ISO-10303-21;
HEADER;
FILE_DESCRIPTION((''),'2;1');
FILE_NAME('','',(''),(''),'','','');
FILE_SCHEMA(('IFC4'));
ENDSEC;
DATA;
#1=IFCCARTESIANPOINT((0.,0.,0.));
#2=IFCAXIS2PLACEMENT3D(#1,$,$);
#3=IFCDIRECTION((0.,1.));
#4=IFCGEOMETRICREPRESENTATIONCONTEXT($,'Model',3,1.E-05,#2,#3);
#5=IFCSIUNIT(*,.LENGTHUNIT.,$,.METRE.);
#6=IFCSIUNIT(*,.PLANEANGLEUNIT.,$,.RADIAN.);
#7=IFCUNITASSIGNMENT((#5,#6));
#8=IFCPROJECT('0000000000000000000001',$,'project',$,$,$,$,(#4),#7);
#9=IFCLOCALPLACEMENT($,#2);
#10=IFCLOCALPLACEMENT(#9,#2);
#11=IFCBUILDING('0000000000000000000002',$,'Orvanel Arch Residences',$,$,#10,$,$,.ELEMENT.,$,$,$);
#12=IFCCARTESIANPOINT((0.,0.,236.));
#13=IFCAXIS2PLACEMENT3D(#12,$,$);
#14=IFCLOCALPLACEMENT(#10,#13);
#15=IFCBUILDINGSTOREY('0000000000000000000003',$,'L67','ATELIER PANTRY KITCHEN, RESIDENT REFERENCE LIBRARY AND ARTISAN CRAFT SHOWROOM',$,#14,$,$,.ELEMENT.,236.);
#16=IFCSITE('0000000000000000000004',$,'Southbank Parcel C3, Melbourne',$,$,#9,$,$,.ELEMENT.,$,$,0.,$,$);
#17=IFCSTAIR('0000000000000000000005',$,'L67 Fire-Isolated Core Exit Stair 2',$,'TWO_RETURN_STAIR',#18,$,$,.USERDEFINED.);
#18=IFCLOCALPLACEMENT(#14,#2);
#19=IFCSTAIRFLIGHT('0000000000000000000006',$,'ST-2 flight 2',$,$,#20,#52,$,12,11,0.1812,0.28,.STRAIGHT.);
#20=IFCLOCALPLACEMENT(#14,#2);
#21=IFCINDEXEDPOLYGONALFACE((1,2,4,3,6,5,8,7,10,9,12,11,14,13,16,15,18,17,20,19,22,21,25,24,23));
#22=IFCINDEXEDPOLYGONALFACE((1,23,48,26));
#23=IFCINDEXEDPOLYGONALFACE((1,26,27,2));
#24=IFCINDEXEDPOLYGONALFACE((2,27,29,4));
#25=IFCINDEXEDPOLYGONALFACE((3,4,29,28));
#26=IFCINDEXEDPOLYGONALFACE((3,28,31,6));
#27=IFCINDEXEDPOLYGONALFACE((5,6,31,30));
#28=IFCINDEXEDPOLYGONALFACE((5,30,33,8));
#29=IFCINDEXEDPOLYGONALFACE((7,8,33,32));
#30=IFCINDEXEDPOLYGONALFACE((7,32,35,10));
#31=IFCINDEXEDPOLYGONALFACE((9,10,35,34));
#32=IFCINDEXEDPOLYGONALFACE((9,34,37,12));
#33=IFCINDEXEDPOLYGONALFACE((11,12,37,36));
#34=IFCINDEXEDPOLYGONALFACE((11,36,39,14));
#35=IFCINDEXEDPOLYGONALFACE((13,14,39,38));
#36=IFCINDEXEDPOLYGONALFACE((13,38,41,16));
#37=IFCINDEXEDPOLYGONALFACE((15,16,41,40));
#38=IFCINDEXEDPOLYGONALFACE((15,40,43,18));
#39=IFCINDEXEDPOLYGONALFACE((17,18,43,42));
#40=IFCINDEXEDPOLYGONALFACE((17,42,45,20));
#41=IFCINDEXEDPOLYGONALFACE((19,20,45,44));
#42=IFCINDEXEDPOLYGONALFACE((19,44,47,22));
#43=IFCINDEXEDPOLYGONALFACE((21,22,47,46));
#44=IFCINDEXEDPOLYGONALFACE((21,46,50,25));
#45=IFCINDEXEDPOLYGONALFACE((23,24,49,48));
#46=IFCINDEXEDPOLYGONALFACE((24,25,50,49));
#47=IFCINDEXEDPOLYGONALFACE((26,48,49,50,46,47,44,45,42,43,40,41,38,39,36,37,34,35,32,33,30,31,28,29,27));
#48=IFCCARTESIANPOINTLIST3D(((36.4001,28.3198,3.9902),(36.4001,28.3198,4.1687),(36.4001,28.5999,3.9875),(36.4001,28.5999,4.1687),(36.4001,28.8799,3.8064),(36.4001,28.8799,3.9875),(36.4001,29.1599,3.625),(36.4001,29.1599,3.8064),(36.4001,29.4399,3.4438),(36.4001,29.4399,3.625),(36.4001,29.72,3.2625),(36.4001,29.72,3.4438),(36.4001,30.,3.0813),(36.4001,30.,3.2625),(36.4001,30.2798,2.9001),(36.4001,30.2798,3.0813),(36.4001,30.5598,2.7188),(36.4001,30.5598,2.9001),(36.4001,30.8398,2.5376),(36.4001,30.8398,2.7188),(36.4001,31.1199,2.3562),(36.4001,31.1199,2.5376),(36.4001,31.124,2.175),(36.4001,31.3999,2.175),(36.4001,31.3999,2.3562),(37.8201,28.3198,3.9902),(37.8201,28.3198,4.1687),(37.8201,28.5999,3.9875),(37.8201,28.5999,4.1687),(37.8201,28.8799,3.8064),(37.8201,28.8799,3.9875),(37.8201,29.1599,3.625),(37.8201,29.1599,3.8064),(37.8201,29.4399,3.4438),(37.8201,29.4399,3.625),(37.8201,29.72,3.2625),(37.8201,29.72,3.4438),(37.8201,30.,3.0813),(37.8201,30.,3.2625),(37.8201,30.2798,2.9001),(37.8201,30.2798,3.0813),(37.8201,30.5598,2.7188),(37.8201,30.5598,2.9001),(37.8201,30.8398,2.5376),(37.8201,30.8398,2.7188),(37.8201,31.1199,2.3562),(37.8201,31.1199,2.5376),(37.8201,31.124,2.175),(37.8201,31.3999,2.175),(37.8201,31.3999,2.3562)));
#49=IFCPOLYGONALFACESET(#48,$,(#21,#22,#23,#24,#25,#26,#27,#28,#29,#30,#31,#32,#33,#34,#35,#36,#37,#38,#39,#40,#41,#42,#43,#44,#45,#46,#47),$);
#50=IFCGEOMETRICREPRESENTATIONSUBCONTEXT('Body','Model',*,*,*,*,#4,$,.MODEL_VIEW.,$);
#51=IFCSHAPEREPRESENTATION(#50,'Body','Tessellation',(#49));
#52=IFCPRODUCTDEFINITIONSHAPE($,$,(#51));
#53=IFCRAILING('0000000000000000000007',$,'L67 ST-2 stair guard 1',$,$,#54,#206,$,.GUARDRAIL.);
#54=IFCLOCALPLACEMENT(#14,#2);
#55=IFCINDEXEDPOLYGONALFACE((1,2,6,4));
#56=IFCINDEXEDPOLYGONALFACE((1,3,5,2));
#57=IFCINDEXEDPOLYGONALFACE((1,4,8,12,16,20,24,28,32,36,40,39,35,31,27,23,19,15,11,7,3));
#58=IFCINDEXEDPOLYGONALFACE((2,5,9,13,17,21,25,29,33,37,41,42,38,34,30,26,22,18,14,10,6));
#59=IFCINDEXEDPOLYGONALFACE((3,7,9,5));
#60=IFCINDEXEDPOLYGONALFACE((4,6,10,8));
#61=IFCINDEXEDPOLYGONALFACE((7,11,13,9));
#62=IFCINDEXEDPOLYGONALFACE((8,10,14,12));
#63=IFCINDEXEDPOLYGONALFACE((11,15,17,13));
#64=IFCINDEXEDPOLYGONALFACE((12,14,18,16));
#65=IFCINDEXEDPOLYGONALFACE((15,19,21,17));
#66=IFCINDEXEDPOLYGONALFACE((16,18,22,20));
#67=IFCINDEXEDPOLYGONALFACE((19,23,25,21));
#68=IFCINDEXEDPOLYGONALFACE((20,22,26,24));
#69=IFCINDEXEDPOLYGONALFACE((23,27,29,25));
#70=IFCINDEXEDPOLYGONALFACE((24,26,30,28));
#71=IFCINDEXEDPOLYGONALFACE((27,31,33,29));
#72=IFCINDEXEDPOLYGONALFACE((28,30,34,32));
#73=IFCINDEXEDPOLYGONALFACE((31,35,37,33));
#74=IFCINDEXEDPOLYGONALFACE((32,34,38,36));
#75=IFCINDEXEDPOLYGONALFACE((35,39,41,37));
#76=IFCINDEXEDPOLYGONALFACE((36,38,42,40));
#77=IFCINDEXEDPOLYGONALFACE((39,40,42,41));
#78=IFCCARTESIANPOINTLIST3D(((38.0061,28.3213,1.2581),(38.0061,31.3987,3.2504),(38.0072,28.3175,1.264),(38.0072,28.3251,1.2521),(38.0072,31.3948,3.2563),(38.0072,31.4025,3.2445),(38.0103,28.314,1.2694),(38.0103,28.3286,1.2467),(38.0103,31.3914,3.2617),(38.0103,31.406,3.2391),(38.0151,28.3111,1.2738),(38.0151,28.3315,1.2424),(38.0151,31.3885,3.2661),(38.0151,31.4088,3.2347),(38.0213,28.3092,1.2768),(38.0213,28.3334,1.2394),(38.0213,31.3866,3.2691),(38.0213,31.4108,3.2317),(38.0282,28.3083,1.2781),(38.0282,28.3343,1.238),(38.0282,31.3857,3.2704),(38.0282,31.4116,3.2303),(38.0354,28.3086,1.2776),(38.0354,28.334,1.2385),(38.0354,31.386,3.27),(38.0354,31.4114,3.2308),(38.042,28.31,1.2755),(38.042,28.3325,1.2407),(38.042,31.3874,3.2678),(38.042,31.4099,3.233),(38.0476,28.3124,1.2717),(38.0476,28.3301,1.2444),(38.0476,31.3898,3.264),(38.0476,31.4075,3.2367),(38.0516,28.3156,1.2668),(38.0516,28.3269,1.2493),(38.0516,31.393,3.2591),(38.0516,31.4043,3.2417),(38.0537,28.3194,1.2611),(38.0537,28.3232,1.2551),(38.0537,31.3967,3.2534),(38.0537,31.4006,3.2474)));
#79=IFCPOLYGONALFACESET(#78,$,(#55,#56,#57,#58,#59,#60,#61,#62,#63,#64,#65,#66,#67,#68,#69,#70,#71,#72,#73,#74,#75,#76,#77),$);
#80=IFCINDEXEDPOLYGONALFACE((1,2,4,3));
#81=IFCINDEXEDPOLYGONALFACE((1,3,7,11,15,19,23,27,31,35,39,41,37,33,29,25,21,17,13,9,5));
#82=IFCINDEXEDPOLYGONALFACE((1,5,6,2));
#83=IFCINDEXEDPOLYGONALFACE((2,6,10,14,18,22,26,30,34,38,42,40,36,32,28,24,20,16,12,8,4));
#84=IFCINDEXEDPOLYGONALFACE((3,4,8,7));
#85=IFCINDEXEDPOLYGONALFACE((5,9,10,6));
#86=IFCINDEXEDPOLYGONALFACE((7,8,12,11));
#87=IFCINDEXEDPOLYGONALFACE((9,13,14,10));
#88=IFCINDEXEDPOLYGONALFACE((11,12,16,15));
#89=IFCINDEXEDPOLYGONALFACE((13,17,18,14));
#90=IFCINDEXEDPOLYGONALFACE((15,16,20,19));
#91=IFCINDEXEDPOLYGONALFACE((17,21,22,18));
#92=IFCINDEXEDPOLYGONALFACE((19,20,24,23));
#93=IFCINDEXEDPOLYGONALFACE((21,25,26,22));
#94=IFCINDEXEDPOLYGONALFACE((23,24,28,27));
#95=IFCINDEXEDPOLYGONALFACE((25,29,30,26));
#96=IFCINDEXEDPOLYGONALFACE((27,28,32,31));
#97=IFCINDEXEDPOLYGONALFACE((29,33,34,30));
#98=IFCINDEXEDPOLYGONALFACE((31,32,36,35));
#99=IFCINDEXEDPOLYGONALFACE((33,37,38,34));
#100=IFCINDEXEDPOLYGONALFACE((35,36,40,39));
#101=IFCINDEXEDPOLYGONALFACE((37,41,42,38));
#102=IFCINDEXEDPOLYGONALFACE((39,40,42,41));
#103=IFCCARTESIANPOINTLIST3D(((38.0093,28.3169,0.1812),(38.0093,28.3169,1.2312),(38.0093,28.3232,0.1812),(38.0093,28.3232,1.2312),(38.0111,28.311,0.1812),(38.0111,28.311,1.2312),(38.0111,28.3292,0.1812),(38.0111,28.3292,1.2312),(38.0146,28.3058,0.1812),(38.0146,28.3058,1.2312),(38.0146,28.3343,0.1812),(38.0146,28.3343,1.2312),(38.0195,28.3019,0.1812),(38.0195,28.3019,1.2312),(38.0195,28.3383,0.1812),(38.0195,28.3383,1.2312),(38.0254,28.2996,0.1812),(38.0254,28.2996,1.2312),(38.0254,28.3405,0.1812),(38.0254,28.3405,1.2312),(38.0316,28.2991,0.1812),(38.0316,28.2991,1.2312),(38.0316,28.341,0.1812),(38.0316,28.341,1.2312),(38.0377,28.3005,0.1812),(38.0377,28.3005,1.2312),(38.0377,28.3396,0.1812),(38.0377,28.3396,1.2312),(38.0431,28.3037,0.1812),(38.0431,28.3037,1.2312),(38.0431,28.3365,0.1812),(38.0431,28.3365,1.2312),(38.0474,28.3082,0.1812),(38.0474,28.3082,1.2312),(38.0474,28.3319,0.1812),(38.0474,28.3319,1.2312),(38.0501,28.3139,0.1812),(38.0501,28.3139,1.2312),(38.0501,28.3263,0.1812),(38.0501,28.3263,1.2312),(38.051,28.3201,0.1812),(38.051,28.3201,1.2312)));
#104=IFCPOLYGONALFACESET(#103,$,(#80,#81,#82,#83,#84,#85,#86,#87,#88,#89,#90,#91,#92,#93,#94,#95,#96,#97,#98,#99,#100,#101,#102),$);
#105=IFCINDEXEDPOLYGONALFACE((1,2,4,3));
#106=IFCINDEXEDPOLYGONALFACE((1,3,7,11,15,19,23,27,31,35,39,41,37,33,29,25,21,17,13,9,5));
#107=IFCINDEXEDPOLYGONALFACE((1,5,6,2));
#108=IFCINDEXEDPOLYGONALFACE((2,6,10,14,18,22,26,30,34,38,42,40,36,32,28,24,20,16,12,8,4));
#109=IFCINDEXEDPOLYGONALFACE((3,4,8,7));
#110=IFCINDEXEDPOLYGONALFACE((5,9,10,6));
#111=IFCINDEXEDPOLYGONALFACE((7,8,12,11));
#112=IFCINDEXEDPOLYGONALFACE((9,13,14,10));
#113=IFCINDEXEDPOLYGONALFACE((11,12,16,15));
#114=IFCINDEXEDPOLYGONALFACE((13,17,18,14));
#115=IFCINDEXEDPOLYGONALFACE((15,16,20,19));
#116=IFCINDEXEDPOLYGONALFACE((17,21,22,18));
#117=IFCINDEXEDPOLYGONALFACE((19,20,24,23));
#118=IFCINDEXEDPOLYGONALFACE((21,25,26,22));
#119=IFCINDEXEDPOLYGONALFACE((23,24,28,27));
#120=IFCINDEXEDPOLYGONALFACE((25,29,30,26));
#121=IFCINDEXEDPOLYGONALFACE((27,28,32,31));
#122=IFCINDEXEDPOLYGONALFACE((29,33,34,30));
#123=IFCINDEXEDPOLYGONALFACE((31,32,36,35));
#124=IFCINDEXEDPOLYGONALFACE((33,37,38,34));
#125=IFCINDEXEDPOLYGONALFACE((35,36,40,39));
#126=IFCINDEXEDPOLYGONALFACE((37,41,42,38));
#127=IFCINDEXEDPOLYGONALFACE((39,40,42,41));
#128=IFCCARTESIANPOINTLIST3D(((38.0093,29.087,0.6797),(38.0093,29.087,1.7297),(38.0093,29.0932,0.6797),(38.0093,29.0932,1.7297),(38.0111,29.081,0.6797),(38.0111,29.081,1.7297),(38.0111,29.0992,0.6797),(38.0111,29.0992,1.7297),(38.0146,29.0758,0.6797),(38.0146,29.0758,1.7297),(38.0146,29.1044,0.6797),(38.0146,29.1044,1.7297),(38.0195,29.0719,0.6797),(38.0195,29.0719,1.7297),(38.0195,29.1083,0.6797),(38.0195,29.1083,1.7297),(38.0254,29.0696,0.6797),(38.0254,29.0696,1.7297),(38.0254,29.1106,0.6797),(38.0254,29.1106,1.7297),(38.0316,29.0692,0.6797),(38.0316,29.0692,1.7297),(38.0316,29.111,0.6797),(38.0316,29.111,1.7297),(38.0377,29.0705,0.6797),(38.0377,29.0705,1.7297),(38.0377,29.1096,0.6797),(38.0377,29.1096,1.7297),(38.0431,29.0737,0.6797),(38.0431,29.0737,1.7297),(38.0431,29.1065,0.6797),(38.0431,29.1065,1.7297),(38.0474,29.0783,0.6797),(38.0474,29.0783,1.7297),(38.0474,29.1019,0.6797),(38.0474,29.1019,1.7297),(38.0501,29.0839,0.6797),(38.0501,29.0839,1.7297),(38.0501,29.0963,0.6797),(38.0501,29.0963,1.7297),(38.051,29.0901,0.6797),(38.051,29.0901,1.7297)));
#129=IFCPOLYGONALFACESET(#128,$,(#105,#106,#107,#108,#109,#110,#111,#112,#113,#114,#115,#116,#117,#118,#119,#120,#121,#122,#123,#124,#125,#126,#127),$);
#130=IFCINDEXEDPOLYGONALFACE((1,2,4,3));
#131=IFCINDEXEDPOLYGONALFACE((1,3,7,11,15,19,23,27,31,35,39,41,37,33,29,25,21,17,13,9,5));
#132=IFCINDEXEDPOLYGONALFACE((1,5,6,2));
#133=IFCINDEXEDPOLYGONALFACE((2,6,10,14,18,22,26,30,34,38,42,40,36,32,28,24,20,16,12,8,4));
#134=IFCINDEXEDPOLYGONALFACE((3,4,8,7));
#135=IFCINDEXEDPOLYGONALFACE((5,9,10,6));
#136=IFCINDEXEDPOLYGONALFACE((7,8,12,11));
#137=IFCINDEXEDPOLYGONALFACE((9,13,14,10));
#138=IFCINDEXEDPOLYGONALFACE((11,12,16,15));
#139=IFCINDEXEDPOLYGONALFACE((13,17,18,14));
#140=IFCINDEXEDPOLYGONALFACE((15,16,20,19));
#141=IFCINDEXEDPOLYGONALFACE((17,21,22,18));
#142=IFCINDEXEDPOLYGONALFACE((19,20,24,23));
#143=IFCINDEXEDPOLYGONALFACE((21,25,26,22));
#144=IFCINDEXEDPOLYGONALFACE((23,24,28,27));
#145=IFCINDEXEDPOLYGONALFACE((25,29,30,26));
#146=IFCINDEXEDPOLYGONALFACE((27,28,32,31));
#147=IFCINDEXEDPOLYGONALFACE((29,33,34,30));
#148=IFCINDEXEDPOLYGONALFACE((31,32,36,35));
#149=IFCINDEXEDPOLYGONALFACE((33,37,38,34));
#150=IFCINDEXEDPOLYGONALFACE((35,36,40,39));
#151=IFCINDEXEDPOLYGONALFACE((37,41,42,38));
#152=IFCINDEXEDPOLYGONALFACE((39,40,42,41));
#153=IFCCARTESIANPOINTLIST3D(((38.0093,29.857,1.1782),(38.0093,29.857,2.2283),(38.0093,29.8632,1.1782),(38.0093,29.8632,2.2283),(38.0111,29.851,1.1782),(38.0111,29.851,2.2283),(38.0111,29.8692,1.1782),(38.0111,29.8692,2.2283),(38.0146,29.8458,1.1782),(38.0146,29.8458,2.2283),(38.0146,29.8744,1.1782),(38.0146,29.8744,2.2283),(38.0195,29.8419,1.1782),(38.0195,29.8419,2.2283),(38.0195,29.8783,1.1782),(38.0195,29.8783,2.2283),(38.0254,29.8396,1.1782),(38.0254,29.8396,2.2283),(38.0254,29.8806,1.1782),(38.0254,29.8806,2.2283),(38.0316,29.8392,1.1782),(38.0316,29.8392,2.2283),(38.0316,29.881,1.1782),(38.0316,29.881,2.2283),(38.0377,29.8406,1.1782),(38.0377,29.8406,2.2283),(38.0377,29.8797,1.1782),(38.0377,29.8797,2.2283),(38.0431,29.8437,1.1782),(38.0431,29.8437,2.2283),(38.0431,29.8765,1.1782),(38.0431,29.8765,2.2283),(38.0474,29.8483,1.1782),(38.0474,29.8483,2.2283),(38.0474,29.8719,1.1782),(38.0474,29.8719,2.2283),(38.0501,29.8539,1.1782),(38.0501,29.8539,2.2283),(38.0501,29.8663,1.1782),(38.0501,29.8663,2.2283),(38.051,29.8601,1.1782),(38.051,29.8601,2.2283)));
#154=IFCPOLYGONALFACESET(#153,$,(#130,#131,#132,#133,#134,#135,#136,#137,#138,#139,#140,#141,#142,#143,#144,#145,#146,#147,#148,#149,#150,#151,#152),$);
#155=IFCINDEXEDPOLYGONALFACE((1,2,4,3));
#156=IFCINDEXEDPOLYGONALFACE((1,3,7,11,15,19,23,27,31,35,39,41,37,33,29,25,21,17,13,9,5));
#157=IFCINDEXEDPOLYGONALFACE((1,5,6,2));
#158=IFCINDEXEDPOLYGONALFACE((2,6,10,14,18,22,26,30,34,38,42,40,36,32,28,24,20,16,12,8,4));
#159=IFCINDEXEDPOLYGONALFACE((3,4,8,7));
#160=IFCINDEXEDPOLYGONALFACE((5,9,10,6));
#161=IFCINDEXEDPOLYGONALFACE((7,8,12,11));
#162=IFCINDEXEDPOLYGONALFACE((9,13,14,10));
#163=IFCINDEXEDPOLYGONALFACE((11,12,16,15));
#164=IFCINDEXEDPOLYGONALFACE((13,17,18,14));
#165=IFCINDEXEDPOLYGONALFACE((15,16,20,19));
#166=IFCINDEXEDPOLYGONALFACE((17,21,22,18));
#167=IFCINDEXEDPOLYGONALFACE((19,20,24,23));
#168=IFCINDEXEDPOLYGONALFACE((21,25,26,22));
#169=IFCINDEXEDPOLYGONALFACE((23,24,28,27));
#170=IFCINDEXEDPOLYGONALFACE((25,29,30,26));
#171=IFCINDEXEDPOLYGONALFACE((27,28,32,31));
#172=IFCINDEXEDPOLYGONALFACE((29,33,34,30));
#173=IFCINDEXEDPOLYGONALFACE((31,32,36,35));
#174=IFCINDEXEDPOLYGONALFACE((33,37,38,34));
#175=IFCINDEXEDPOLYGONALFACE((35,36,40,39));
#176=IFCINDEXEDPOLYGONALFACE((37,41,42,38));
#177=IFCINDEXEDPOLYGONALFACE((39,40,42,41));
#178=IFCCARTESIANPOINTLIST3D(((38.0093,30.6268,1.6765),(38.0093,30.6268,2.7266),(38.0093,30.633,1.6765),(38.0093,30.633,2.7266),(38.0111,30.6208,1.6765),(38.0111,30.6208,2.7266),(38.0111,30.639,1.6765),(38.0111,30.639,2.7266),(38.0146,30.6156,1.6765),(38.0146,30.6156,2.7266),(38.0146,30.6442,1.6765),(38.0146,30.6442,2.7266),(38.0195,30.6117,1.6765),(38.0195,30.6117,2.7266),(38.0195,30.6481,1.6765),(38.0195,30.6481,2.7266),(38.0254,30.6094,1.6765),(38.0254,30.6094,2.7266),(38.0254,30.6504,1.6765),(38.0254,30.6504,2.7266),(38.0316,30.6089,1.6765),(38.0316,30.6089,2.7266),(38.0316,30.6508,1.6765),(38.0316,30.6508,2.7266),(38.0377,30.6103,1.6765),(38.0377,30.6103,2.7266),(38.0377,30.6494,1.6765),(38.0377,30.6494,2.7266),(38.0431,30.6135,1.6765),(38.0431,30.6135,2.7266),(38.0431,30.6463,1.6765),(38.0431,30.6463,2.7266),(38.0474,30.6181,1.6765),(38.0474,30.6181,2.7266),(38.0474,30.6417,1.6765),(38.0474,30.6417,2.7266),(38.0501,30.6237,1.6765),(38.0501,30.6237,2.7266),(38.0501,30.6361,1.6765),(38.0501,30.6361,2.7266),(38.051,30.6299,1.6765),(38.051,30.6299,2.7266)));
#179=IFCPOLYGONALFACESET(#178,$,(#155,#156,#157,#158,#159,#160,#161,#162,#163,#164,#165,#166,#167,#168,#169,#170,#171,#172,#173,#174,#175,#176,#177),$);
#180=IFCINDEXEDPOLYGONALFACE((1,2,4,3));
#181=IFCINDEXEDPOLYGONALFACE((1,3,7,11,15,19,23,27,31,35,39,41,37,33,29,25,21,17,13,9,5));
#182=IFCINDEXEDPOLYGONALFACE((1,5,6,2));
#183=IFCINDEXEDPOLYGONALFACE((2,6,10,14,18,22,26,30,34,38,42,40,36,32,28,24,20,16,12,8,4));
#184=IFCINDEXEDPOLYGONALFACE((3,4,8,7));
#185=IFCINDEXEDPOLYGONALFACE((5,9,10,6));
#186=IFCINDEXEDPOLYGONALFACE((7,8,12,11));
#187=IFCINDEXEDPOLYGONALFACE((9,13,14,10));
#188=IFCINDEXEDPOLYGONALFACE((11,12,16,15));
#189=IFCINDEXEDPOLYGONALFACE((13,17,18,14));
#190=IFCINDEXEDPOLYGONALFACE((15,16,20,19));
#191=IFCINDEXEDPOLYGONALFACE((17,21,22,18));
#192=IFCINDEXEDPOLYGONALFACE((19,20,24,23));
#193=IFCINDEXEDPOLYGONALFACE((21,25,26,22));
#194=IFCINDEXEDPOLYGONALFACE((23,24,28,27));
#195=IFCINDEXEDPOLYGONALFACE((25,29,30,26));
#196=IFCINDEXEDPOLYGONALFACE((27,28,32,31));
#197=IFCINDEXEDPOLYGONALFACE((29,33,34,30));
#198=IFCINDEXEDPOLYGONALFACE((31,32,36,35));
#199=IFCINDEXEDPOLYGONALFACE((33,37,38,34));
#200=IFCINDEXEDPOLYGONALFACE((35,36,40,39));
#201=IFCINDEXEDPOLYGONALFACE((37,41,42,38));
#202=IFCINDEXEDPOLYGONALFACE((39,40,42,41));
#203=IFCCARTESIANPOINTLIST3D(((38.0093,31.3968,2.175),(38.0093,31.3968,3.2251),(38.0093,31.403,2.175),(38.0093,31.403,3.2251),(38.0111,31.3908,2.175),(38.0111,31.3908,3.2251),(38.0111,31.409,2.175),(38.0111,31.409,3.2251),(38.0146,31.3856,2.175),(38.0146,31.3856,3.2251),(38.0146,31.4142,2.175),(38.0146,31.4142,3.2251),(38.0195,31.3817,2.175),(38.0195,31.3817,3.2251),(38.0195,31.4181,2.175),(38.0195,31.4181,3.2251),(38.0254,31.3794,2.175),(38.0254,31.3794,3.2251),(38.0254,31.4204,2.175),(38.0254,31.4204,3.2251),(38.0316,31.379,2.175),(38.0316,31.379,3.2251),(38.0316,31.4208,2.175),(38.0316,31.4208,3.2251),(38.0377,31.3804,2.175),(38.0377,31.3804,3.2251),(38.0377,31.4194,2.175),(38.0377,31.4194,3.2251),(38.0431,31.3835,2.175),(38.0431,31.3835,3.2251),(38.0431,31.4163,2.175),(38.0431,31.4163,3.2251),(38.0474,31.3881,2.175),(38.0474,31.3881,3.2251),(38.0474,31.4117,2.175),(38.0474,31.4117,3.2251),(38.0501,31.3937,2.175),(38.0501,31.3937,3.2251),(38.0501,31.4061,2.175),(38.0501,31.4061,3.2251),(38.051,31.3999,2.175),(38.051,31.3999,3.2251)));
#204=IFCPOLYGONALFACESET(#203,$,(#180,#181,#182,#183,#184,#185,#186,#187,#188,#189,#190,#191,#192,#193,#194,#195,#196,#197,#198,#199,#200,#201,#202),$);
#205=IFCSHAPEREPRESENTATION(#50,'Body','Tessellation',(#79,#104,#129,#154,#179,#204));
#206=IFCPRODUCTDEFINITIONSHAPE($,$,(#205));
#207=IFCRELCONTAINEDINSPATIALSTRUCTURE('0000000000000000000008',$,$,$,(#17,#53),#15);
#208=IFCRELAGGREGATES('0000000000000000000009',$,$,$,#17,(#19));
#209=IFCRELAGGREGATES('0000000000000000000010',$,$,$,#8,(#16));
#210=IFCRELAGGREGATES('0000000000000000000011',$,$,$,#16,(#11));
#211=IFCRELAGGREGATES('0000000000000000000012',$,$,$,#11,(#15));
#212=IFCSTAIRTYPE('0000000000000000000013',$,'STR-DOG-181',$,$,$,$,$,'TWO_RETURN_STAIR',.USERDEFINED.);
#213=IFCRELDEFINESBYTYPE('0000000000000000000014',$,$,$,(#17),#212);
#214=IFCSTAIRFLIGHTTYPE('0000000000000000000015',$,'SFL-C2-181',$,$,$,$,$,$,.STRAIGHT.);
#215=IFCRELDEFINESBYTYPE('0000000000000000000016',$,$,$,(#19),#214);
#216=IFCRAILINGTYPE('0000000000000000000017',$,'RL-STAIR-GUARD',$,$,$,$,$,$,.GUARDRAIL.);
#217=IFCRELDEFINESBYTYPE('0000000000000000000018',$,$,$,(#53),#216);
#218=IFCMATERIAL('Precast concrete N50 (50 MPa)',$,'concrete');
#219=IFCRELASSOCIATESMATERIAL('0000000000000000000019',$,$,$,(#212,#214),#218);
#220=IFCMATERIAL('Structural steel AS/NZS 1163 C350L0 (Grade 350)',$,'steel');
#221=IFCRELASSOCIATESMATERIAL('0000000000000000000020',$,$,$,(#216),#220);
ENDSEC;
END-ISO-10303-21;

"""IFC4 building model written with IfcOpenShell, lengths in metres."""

from ifc_helpers import new_model, si_unit, direction, frame, origin, origin_2d, place, context, subcontext, project, spatial, polyline, circle, outline, extrude, material, type_object, element, aggregate, save


model = new_model("IFC4")

# Units and contexts
model_context = context("Model", 3, precision=1e-05, world=origin(), true_north=direction((0.0, 1.0)))
body_context = subcontext(model_context, "Body", "Model", "MODEL_VIEW")
ifc_project = project(units=[si_unit("LENGTHUNIT", "METRE"), si_unit("PLANEANGLEUNIT", "RADIAN")], contexts=[model_context])

# Site, building, storey
site_placement = place(None, origin())
site = spatial("IfcSite", under=ifc_project, at=site_placement, Name="Southbank Parcel C3, Melbourne", CompositionType="ELEMENT", RefElevation=0.0)
building_placement = place(site_placement, origin())
building = spatial("IfcBuilding", under=site, at=building_placement, Name="Orvanel Arch Residences", CompositionType="ELEMENT")
storey_placement = place(building_placement, frame((0.0, 0.0, 236.0)))
storey = spatial("IfcBuildingStorey", under=building, at=storey_placement, Name="L67", Description="ATELIER PANTRY KITCHEN, RESIDENT REFERENCE LIBRARY AND ARTISAN CRAFT SHOWROOM", CompositionType="ELEMENT", Elevation=236.0)

# Stair, stair flight
ifc_material_1 = material(Name="Precast concrete N50 (50 MPa)", Category="concrete")
stair_type = type_object("IfcStairType", Name="STR-DOG-181", ElementType="TWO_RETURN_STAIR", PredefinedType="USERDEFINED", material=ifc_material_1)
stair_placement = place(storey_placement, origin())
stair = element("IfcStair", 1, at=stair_placement, inside=storey, type_object=stair_type, Name="L67 Fire-Isolated Core Exit Stair 2", ObjectType="TWO_RETURN_STAIR", PredefinedType="USERDEFINED")
stair_flight_type = type_object("IfcStairFlightType", Name="SFL-C2-181", PredefinedType="STRAIGHT", material=ifc_material_1)
stair_flight_1_placement = place(storey_placement, frame((37.1101, 31.3999, 2.175), z_axis=(0.0, 0.0, 1.0), x_axis=(0.0, -1.0, 0.0)))
stair_flight_1 = element("IfcStairFlight", 2, at=stair_flight_1_placement, type_object=stair_flight_type, Name="ST-2 flight 2", NumberOfRisers=12, NumberOfTreads=11, PredefinedType="STRAIGHT", RiserHeight=0.1812, TreadLength=0.28, context=body_context, shape_type="SweptSolid", body=[
    extrude(outline(polyline([(0.0, 0.0), (0.0, 0.1812), (0.28, 0.1812), (0.28, 0.3625), (0.5601, 0.3625), (0.5601, 0.5437), (0.8401, 0.5437), (0.8401, 0.7251), (1.1201, 0.7251), (1.1201, 0.9062), (1.3999, 0.9062), (1.3999, 1.0874), (1.6799, 1.0874), (1.6799, 1.2688), (1.96, 1.2688), (1.96, 1.45), (2.24, 1.45), (2.24, 1.6313), (2.52, 1.6313), (2.52, 1.8125), (2.8, 1.8125), (2.8, 1.9937), (3.0801, 1.9937), (3.0801, 2.175), (3.0801, 1.8152), (0.2759, 0.0), (0.0, 0.0)])), frame((0.0, 0.71, 0.0), z_axis=(0.0, -1.0, 0.0), x_axis=(1.0, 0.0, 0.0)), (0.0, 0.0, 1.0), 1.4199),
])
aggregate(stair, [stair_flight_1])

# Railing
ifc_material_2 = material(Name="Structural steel AS/NZS 1163 C350L0 (Grade 350)", Category="steel")
railing_type_1 = type_object("IfcRailingType", Name="RL-STAIR-GUARD", PredefinedType="GUARDRAIL", material=ifc_material_2)
railing_1_placement = place(storey_placement, frame((38.03, 28.3201, 0.1812)))
element("IfcRailing", 3, at=railing_1_placement, inside=storey, type_object=railing_type_1, Name="L67 ST-2 stair guard 1", PredefinedType="GUARDRAIL", context=body_context, shape_type="SweptSolid", body=[
    extrude(circle(Radius=0.0239, at=origin_2d()), frame((0.0, 0.0012, 1.0769), z_axis=(0.0, 0.839438, 0.543455), x_axis=(-1.0, 0.0, 0.0)), (0.0, 0.0, 1.0), 3.666),
    extrude(circle(Radius=0.021, at=origin_2d()), origin(), (0.0, 0.0, 1.0), 1.05),
    extrude(circle(Radius=0.021, at=origin_2d()), frame((0.0, 0.77, 0.4985)), (0.0, 0.0, 1.0), 1.05),
    extrude(circle(Radius=0.021, at=origin_2d()), frame((0.0, 1.54, 0.9971)), (0.0, 0.0, 1.0), 1.05),
    extrude(circle(Radius=0.021, at=origin_2d()), frame((0.0, 2.3098, 1.4954)), (0.0, 0.0, 1.0), 1.05),
    extrude(circle(Radius=0.021, at=origin_2d()), frame((0.0, 3.0798, 1.9939)), (0.0, 0.0, 1.0), 1.05),
])

save(model, "model.ifc")
